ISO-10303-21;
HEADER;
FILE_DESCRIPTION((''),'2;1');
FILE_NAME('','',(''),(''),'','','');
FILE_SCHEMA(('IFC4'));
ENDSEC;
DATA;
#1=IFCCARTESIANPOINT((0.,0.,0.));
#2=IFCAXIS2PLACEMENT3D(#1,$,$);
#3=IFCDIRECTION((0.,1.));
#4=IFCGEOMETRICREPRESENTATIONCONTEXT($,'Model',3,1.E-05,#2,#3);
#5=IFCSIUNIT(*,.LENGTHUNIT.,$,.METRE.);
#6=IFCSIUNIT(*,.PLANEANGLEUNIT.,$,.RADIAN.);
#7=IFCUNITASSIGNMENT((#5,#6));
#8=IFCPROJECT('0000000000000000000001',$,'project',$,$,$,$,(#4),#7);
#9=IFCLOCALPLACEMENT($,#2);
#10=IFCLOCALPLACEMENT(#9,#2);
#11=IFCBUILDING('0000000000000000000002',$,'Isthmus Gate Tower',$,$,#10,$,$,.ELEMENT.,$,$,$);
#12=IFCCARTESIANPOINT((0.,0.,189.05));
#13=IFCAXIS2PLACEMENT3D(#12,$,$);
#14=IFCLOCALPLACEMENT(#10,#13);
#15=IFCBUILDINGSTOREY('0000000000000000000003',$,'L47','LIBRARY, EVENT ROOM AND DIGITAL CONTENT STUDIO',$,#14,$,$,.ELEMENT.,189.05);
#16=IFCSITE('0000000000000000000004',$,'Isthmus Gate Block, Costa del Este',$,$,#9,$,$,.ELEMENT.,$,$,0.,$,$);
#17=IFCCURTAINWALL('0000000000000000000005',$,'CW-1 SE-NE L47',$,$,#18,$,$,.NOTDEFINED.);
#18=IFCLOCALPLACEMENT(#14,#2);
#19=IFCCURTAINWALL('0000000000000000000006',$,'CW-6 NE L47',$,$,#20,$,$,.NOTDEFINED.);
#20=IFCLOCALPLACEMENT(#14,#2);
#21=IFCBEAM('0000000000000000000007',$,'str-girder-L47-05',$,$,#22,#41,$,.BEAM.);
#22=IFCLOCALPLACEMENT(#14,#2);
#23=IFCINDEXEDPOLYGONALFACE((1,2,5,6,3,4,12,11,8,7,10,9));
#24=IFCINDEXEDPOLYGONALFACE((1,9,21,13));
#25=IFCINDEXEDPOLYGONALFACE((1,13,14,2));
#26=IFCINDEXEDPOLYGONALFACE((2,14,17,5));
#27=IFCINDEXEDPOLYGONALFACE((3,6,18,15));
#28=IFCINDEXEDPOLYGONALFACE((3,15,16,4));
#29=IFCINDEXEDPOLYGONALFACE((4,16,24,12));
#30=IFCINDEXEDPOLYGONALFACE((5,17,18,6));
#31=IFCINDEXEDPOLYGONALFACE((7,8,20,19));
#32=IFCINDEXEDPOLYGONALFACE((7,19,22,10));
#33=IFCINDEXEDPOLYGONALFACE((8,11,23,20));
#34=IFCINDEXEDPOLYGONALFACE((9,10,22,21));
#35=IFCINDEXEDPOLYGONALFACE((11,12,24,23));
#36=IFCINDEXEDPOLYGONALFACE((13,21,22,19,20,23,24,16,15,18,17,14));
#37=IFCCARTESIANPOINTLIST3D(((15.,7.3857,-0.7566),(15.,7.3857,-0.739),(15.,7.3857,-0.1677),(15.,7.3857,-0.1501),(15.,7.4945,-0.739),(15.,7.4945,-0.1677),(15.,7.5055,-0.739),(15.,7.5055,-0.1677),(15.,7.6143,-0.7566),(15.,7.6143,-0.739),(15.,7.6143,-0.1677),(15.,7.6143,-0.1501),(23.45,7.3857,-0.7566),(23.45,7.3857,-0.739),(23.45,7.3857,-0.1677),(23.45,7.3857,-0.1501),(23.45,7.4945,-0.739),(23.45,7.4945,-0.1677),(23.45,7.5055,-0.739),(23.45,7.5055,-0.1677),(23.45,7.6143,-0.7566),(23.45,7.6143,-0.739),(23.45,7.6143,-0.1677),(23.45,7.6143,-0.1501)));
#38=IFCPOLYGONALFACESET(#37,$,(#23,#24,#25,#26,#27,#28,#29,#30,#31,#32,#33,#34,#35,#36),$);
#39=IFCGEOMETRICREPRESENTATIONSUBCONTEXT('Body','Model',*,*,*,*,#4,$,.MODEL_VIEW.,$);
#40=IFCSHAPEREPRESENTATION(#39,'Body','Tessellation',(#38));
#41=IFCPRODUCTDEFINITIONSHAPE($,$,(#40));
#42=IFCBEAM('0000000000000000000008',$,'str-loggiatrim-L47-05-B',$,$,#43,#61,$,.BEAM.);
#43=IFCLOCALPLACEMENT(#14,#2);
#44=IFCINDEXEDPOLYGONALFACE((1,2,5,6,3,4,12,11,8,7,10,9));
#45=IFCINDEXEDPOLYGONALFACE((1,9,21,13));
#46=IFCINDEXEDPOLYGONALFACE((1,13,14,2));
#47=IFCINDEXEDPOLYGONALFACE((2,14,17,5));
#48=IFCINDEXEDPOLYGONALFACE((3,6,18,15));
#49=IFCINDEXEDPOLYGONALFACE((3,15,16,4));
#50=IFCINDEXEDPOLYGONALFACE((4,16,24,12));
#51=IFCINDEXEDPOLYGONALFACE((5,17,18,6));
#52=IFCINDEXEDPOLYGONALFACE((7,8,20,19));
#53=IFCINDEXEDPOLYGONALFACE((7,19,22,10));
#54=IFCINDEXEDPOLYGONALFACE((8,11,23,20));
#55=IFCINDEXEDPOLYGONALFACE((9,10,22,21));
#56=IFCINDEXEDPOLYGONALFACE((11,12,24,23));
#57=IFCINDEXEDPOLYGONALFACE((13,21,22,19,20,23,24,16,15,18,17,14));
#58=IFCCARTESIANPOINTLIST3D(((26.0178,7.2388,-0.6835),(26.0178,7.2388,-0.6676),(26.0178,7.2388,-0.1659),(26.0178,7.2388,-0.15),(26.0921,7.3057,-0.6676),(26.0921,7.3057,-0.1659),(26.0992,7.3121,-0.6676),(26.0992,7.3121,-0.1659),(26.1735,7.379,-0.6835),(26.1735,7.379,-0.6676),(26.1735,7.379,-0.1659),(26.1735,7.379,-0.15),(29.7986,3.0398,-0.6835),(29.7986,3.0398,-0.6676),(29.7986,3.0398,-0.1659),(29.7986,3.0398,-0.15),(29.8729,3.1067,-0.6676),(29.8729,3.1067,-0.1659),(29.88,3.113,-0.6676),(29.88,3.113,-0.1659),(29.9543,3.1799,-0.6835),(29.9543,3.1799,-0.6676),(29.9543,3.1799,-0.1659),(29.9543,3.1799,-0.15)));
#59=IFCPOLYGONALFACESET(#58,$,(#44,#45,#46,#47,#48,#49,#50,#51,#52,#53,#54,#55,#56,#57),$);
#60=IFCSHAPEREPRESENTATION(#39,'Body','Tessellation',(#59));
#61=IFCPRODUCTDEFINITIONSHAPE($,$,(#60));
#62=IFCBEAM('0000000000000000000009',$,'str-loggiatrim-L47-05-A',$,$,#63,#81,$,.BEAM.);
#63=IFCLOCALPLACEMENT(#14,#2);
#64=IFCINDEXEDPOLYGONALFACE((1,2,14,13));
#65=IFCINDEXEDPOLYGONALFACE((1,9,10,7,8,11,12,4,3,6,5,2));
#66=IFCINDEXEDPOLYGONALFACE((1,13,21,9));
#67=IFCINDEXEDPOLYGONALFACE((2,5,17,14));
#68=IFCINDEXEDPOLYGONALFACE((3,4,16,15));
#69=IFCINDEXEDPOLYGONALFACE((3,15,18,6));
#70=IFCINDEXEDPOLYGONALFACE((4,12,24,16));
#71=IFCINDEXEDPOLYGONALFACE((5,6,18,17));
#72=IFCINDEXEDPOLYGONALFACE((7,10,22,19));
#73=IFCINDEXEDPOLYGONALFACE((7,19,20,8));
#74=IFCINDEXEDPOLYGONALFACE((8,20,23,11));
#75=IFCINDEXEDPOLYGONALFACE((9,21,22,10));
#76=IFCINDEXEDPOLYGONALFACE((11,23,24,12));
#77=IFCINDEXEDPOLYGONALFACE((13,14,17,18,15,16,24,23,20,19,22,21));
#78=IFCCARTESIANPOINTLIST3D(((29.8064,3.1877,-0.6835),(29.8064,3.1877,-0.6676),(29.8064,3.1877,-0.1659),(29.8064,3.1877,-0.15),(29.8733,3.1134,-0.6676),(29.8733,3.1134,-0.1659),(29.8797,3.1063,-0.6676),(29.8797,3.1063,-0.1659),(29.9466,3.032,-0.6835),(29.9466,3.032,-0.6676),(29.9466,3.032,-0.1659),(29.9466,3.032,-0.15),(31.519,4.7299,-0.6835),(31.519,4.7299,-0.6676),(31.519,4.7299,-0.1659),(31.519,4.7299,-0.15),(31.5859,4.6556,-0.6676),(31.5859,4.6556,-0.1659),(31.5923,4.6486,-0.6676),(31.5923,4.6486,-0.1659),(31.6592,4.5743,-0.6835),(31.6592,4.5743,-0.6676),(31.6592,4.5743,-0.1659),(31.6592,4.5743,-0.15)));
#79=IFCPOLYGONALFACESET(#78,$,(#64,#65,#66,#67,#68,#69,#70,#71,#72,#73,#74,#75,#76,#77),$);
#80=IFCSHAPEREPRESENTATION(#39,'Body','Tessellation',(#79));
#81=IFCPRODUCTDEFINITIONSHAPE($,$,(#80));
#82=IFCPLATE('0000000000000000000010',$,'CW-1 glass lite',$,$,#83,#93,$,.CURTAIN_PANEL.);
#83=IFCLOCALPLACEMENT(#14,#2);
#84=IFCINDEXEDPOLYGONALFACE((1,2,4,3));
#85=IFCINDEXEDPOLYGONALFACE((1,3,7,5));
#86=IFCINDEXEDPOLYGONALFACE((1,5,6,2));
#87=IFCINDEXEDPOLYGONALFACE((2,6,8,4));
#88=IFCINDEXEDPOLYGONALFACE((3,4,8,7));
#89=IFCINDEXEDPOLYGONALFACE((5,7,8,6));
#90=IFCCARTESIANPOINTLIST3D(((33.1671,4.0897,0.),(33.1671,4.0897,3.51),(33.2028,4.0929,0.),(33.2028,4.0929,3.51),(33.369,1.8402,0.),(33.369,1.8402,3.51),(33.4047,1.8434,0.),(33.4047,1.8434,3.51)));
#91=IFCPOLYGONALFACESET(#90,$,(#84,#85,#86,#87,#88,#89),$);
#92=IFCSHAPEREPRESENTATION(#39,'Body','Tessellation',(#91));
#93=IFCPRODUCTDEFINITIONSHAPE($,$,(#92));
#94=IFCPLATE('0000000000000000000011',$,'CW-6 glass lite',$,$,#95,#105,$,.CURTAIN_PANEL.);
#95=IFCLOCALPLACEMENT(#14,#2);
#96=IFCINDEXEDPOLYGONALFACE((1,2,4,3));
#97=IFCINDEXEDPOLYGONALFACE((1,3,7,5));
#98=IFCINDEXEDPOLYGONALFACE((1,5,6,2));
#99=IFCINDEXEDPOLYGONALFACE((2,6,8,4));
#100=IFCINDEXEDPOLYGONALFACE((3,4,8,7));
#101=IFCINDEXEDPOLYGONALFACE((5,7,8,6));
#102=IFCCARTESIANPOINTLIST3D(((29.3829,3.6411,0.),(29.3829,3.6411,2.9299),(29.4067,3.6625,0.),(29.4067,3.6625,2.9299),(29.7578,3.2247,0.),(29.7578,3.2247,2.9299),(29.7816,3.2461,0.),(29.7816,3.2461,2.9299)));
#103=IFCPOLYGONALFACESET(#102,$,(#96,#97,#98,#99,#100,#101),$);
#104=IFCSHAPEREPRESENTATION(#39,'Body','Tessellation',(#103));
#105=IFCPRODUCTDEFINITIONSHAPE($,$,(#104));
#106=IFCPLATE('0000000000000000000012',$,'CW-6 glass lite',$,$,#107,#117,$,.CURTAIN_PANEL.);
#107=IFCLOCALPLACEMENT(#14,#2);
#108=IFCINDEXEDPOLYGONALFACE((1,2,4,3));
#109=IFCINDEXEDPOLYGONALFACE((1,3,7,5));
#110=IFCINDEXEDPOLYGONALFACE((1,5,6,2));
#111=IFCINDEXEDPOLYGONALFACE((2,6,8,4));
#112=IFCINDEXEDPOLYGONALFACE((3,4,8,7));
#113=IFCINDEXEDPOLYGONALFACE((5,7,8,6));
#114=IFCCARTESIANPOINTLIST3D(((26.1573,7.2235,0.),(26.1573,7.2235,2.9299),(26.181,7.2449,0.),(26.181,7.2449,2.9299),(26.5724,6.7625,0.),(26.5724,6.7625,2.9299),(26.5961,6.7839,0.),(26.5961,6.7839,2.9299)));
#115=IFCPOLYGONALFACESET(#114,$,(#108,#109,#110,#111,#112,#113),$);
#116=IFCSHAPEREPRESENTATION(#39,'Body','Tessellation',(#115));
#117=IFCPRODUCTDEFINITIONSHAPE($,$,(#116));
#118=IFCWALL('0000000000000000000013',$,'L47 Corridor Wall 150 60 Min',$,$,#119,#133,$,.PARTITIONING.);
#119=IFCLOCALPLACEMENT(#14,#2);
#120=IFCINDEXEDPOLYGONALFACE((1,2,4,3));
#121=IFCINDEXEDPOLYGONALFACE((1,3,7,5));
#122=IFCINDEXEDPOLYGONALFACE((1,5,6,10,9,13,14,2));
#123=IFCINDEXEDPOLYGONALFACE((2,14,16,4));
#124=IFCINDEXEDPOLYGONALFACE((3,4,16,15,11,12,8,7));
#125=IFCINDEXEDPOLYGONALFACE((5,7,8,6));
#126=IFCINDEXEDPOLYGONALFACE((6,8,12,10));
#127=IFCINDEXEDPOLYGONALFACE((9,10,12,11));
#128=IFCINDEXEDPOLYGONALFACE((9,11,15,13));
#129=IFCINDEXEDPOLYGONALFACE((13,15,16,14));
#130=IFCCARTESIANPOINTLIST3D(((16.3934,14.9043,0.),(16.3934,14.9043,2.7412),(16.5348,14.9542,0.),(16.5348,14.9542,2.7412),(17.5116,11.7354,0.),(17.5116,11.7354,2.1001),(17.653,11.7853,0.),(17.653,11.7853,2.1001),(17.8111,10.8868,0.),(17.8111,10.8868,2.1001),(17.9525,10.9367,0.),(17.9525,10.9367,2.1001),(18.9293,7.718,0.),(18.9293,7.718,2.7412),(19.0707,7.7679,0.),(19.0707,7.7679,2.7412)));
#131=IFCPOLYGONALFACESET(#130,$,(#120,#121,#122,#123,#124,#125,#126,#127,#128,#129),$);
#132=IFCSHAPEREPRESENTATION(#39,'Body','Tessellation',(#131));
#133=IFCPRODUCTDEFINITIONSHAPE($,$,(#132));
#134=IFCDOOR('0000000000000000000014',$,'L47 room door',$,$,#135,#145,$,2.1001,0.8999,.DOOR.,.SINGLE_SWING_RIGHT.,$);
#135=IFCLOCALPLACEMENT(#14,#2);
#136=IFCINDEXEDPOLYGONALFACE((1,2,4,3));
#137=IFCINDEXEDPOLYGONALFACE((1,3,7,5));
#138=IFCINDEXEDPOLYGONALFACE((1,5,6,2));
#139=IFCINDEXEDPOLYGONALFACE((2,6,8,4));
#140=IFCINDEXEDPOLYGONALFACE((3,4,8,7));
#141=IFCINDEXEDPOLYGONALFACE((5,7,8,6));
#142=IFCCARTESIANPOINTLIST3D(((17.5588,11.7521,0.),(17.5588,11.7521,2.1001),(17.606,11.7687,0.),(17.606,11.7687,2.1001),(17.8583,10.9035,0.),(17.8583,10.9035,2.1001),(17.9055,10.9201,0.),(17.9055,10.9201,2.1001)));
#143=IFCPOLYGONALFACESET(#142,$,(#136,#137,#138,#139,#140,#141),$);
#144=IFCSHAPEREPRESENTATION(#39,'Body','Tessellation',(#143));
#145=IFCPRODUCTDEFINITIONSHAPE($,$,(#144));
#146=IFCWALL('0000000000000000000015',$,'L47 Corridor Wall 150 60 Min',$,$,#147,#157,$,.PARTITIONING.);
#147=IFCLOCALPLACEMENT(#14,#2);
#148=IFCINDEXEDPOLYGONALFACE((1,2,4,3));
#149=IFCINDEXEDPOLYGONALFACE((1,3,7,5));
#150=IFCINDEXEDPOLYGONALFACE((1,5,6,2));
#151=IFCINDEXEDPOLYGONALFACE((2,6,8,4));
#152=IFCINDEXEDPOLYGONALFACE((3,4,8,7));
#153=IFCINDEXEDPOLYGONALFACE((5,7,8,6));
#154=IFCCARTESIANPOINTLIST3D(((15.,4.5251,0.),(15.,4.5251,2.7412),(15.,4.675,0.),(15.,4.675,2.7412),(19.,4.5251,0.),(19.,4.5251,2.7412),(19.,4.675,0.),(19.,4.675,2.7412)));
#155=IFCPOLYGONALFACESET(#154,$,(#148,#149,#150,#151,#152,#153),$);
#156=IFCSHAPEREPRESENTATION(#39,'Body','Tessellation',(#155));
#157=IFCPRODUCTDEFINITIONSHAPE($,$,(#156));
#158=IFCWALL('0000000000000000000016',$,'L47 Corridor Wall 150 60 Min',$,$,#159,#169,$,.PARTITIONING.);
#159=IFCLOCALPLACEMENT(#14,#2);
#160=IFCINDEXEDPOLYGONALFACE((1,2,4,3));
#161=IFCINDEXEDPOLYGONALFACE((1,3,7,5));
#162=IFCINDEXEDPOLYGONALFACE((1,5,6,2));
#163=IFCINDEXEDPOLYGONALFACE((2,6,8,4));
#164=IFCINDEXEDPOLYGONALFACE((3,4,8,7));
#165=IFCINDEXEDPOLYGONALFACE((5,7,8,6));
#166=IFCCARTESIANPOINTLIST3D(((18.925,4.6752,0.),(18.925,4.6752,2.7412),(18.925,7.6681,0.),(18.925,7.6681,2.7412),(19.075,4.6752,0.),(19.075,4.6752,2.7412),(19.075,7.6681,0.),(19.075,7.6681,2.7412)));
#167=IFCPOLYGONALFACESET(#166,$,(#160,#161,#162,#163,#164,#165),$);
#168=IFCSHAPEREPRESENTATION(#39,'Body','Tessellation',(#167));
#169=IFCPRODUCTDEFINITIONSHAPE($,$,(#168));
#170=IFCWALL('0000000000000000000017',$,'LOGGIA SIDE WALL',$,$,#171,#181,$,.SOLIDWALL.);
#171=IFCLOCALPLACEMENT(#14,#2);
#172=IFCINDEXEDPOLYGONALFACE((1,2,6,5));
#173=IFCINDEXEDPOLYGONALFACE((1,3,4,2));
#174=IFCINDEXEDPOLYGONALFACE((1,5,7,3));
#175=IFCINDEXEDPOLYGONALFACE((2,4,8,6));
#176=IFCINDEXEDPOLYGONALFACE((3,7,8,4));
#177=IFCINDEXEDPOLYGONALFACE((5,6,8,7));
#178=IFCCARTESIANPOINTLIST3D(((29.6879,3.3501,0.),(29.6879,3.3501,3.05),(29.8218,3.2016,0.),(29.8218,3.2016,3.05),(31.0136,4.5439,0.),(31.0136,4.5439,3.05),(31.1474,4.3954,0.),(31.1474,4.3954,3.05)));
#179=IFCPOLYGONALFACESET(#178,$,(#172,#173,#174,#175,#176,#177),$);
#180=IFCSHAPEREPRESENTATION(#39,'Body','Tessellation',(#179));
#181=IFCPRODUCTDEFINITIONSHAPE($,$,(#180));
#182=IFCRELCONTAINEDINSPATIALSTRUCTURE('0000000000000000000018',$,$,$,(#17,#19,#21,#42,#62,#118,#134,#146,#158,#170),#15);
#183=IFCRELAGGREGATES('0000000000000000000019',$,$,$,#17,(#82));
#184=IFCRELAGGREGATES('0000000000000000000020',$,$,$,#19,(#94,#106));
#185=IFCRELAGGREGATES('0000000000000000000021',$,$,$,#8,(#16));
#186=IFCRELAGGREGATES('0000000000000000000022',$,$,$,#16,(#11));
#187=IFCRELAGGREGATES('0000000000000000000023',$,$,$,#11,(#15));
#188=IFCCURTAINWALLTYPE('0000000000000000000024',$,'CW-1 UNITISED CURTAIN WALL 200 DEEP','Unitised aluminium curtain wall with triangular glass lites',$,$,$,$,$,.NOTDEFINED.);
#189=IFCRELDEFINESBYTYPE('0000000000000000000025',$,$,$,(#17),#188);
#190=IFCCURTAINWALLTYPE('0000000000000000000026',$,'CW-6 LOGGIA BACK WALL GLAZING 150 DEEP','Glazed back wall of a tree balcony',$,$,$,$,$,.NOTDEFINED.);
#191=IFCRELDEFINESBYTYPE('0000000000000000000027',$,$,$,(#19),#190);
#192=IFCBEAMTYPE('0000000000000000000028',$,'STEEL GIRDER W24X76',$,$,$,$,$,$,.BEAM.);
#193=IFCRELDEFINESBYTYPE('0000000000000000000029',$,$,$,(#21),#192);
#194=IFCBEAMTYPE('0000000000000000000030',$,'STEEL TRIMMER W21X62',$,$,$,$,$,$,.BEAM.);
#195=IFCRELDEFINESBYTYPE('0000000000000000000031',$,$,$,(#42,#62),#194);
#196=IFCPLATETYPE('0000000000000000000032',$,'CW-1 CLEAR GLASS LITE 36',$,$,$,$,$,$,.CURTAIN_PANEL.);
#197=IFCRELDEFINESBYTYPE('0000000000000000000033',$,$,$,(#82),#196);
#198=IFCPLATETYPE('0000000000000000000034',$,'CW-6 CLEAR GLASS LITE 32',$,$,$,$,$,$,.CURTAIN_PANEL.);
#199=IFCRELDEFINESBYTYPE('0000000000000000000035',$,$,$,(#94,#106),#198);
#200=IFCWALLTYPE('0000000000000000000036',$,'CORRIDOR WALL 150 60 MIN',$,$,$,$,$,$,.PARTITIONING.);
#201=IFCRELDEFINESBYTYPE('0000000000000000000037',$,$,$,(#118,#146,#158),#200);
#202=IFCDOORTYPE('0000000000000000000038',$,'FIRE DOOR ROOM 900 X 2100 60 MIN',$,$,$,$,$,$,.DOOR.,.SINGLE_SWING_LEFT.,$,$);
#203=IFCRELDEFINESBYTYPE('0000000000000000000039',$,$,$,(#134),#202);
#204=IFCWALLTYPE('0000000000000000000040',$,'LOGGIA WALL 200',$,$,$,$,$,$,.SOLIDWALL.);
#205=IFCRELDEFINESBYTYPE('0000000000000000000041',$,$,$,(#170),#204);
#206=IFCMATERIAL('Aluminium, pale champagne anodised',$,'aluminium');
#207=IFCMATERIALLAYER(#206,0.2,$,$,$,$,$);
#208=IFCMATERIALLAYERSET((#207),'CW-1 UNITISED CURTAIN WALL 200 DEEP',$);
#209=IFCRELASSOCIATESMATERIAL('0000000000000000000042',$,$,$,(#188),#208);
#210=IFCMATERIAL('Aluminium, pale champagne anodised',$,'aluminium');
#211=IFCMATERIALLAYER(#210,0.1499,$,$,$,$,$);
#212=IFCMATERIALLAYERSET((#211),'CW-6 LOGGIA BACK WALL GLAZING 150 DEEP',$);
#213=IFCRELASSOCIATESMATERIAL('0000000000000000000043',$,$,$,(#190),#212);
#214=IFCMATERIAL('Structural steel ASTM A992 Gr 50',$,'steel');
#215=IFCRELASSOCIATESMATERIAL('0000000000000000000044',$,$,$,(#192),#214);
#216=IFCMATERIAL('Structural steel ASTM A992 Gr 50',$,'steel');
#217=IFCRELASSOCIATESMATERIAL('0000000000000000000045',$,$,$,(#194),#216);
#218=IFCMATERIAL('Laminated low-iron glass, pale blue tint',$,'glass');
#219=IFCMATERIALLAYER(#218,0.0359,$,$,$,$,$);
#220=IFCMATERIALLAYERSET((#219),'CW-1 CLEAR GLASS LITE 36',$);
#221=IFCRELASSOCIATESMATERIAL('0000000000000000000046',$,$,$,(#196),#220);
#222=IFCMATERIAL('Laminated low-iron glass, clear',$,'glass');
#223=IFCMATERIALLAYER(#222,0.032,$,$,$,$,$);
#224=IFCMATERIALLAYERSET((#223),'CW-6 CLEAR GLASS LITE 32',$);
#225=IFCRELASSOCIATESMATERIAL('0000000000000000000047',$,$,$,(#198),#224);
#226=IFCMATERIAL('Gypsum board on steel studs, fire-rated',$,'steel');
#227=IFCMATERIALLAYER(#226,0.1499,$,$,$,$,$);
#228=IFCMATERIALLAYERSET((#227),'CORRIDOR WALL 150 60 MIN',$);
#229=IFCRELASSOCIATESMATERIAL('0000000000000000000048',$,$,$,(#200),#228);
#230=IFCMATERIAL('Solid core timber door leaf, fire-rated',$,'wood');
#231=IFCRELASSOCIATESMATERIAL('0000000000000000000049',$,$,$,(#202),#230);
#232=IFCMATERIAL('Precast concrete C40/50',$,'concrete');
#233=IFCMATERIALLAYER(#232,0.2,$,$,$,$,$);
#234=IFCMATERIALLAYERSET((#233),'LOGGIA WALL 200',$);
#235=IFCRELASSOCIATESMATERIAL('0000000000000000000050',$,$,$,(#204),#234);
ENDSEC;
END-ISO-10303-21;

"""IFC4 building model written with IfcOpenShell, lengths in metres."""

from ifc_helpers import new_model, si_unit, direction, frame, frame_2d, origin, origin_2d, place, context, subcontext, project, spatial, rectangle, i_section, extrude, material, layer, layer_set, material_profile, profile_set, type_object, element, fill, aggregate, save


model = new_model("IFC4")

# Units and contexts
model_context = context("Model", 3, precision=1e-05, world=origin(), true_north=direction((0.0, 1.0)))
body_context = subcontext(model_context, "Body", "Model", "MODEL_VIEW")
ifc_project = project(units=[si_unit("LENGTHUNIT", "METRE"), si_unit("PLANEANGLEUNIT", "RADIAN")], contexts=[model_context])

# Site, building, storey
site_placement = place(None, origin())
site = spatial("IfcSite", under=ifc_project, at=site_placement, Name="Isthmus Gate Block, Costa del Este", CompositionType="ELEMENT", RefElevation=0.0)
building_placement = place(site_placement, origin())
building = spatial("IfcBuilding", under=site, at=building_placement, Name="Isthmus Gate Tower", CompositionType="ELEMENT")
storey_placement = place(building_placement, frame((0.0, 0.0, 189.05)))
storey = spatial("IfcBuildingStorey", under=building, at=storey_placement, Name="L47", Description="LIBRARY, EVENT ROOM AND DIGITAL CONTENT STUDIO", CompositionType="ELEMENT", Elevation=189.05)

# Curtain wall
ifc_material_1 = material(Name="Aluminium, pale champagne anodised", Category="aluminium")
ifc_layer_1 = layer(ifc_material_1, 0.2)
ifc_layer_set_1 = layer_set([ifc_layer_1], Name="CW-1 UNITISED CURTAIN WALL 200 DEEP")
curtain_wall_type_1 = type_object("IfcCurtainWallType", Name="CW-1 UNITISED CURTAIN WALL 200 DEEP", Description="Unitised aluminium curtain wall with triangular glass lites", PredefinedType="NOTDEFINED", material=ifc_layer_set_1)
curtain_wall_1_placement = place(storey_placement, origin())
curtain_wall_1 = element("IfcCurtainWall", 1, at=curtain_wall_1_placement, inside=storey, type_object=curtain_wall_type_1, Name="CW-1 SE-NE L47", PredefinedType="NOTDEFINED")

# Curtain wall
ifc_material_2 = material(Name="Aluminium, pale champagne anodised", Category="aluminium")
ifc_layer_2 = layer(ifc_material_2, 0.1499)
ifc_layer_set_2 = layer_set([ifc_layer_2], Name="CW-6 LOGGIA BACK WALL GLAZING 150 DEEP")
curtain_wall_type_2 = type_object("IfcCurtainWallType", Name="CW-6 LOGGIA BACK WALL GLAZING 150 DEEP", Description="Glazed back wall of a tree balcony", PredefinedType="NOTDEFINED", material=ifc_layer_set_2)
curtain_wall_2_placement = place(storey_placement, origin())
curtain_wall_2 = element("IfcCurtainWall", 2, at=curtain_wall_2_placement, inside=storey, type_object=curtain_wall_type_2, Name="CW-6 NE L47", PredefinedType="NOTDEFINED")

# Beams
ifc_material_3 = material(Name="Structural steel ASTM A992 Gr 50", Category="steel")
ifc_material_profile_1 = material_profile(ifc_material_3, i_section(OverallWidth=0.2285, OverallDepth=0.6064, WebThickness=0.011, FlangeThickness=0.0176, at=origin_2d()), Name="W24X76")
ifc_profile_set_1 = profile_set([ifc_material_profile_1], Name="Structural steel ASTM A992 Gr 50")
beam_type_1 = type_object("IfcBeamType", Name="STEEL GIRDER W24X76", PredefinedType="BEAM", material=ifc_profile_set_1)
beam_1_placement = place(storey_placement, frame((15.0, 7.5, -0.4534), z_axis=(1.0, 0.0, 0.0), x_axis=(0.0, 1.0, 0.0)))
element("IfcBeam", 3, at=beam_1_placement, inside=storey, type_object=beam_type_1, Name="str-girder-L47-05", PredefinedType="BEAM", context=body_context, shape_type="SweptSolid", body=[
    extrude(i_section(OverallWidth=0.2285, OverallDepth=0.6064, WebThickness=0.011, FlangeThickness=0.0176, at=origin_2d()), origin(), (0.0, 0.0, 1.0), 8.45),
])
ifc_material_4 = material(Name="Structural steel ASTM A992 Gr 50", Category="steel")
ifc_material_profile_2 = material_profile(ifc_material_4, i_section(OverallWidth=0.2095, OverallDepth=0.5334, WebThickness=0.0095, FlangeThickness=0.0159, at=origin_2d()), Name="W21X62")
ifc_profile_set_2 = profile_set([ifc_material_profile_2], Name="Structural steel ASTM A992 Gr 50")
beam_type_2 = type_object("IfcBeamType", Name="STEEL TRIMMER W21X62", PredefinedType="BEAM", material=ifc_profile_set_2)
beam_2_placement = place(storey_placement, frame((29.8765, 3.1099, -0.4167), z_axis=(-0.669129, 0.743146, 0.0), x_axis=(-0.743146, -0.669129, 0.0)))
element("IfcBeam", 4, at=beam_2_placement, inside=storey, type_object=beam_type_2, Name="str-loggiatrim-L47-05-B", PredefinedType="BEAM", context=body_context, shape_type="SweptSolid", body=[
    extrude(i_section(OverallWidth=0.2095, OverallDepth=0.5334, WebThickness=0.0095, FlangeThickness=0.0159, at=origin_2d()), origin(), (0.0, 0.0, 1.0), 5.6504),
])
beam_3_placement = place(storey_placement, frame((31.5891, 4.6521, -0.4167), z_axis=(-0.74311, -0.66917, 0.0), x_axis=(0.66917, -0.74311, 0.0)))
element("IfcBeam", 5, at=beam_3_placement, inside=storey, type_object=beam_type_2, Name="str-loggiatrim-L47-05-A", PredefinedType="BEAM", context=body_context, shape_type="SweptSolid", body=[
    extrude(i_section(OverallWidth=0.2095, OverallDepth=0.5334, WebThickness=0.0095, FlangeThickness=0.0159, at=origin_2d()), origin(), (0.0, 0.0, 1.0), 2.3047),
])

# Plates
ifc_material_5 = material(Name="Laminated low-iron glass, pale blue tint", Category="glass")
ifc_layer_3 = layer(ifc_material_5, 0.0359)
ifc_layer_set_3 = layer_set([ifc_layer_3], Name="CW-1 CLEAR GLASS LITE 36")
plate_type_1 = type_object("IfcPlateType", Name="CW-1 CLEAR GLASS LITE 36", PredefinedType="CURTAIN_PANEL", material=ifc_layer_set_3)
plate_1_placement = place(storey_placement, frame((33.2859, 2.9666, 0.0), z_axis=(0.0, 0.0, 1.0), x_axis=(-0.089397, 0.995996, 0.0)))
plate_1 = element("IfcPlate", 6, at=plate_1_placement, type_object=plate_type_1, Name="CW-1 glass lite", PredefinedType="CURTAIN_PANEL", context=body_context, shape_type="SweptSolid", body=[
    extrude(rectangle(XDim=2.2585, YDim=0.0359, at=origin_2d()), origin(), (0.0, 0.0, 1.0), 3.51),
])
aggregate(curtain_wall_1, [plate_1])
ifc_material_6 = material(Name="Laminated low-iron glass, clear", Category="glass")
ifc_layer_4 = layer(ifc_material_6, 0.032)
ifc_layer_set_4 = layer_set([ifc_layer_4], Name="CW-6 CLEAR GLASS LITE 32")
plate_type_2 = type_object("IfcPlateType", Name="CW-6 CLEAR GLASS LITE 32", PredefinedType="CURTAIN_PANEL", material=ifc_layer_set_4)
plate_2_placement = place(storey_placement, frame((29.5823, 3.4436, 0.0), z_axis=(0.0, 0.0, 1.0), x_axis=(-0.669131, 0.743145, 0.0)))
plate_2 = element("IfcPlate", 7, at=plate_2_placement, type_object=plate_type_2, Name="CW-6 glass lite", PredefinedType="CURTAIN_PANEL", context=body_context, shape_type="SweptSolid", body=[
    extrude(rectangle(XDim=0.5603, YDim=0.032, at=origin_2d()), origin(), (0.0, 0.0, 1.0), 2.9299),
])
plate_3_placement = place(storey_placement, frame((26.3767, 7.0037, 0.0), z_axis=(0.0, 0.0, 1.0), x_axis=(-0.669131, 0.743145, 0.0)))
plate_3 = element("IfcPlate", 8, at=plate_3_placement, type_object=plate_type_2, Name="CW-6 glass lite", PredefinedType="CURTAIN_PANEL", context=body_context, shape_type="SweptSolid", body=[
    extrude(rectangle(XDim=0.6204, YDim=0.032, at=origin_2d()), origin(), (0.0, 0.0, 1.0), 2.9299),
])
aggregate(curtain_wall_2, [plate_2, plate_3])

# Wall, opening, door
ifc_material_7 = material(Name="Gypsum board on steel studs, fire-rated", Category="steel")
ifc_layer_5 = layer(ifc_material_7, 0.1499)
ifc_layer_set_5 = layer_set([ifc_layer_5], Name="CORRIDOR WALL 150 60 MIN")
wall_type_1 = type_object("IfcWallType", Name="CORRIDOR WALL 150 60 MIN", PredefinedType="PARTITIONING", material=ifc_layer_set_5)
wall_1_placement = place(storey_placement, frame((19.0, 7.7429, 0.0), z_axis=(0.0, 0.0, 1.0), x_axis=(-0.332768, 0.943009, 0.0)))
wall_1 = element("IfcWall", 9, at=wall_1_placement, inside=storey, type_object=wall_type_1, Name="L47 Corridor Wall 150 60 Min", PredefinedType="PARTITIONING", context=body_context, shape_type="SweptSolid", body=[
    extrude(rectangle(XDim=7.6206, YDim=0.1499, at=frame_2d((3.8103, 0.0))), origin(), (0.0, 0.0, 1.0), 2.7412),
])
opening_1_placement = place(wall_1_placement, frame((3.3604, 0.0, 0.0)))
opening_1 = element("IfcOpeningElement", 10, at=opening_1_placement, cuts=wall_1, PredefinedType="OPENING", context=body_context, shape_type="SweptSolid", body=[
    extrude(rectangle(XDim=0.8999, YDim=2.1001, at=frame_2d((0.45, 1.05))), frame((0.0, 0.085, 0.0), z_axis=(0.0, -1.0, 0.0), x_axis=(1.0, 0.0, 0.0)), (0.0, 0.0, 1.0), 0.1699),
])
ifc_material_8 = material(Name="Solid core timber door leaf, fire-rated", Category="wood")
door_type_1 = type_object("IfcDoorType", Name="FIRE DOOR ROOM 900 X 2100 60 MIN", OperationType="SINGLE_SWING_LEFT", PredefinedType="DOOR", material=ifc_material_8)
door_1_placement = place(opening_1_placement, origin())
door_1 = element("IfcDoor", 11, at=door_1_placement, inside=storey, type_object=door_type_1, Name="L47 room door", OperationType="SINGLE_SWING_RIGHT", OverallHeight=2.1001, OverallWidth=0.8999, PredefinedType="DOOR", context=body_context, shape_type="SweptSolid", body=[
    extrude(rectangle(XDim=0.8999, YDim=2.1001, at=frame_2d((0.45, 1.05))), frame((0.0, 0.0249, 0.0), z_axis=(0.0, -1.0, 0.0), x_axis=(1.0, 0.0, 0.0)), (0.0, 0.0, 1.0), 0.05),
])
fill(opening_1, door_1)

# Walls
wall_2_placement = place(storey_placement, frame((15.0, 4.6001, 0.0), z_axis=(0.0, 0.0, 1.0), x_axis=(1.0, 0.0, 0.0)))
element("IfcWall", 12, at=wall_2_placement, inside=storey, type_object=wall_type_1, Name="L47 Corridor Wall 150 60 Min", PredefinedType="PARTITIONING", context=body_context, shape_type="SweptSolid", body=[
    extrude(rectangle(XDim=4.0, YDim=0.1499, at=frame_2d((2.0, 0.0))), origin(), (0.0, 0.0, 1.0), 2.7412),
])
wall_3_placement = place(storey_placement, frame((19.0, 4.675, 0.0), z_axis=(0.0, 0.0, 1.0), x_axis=(0.0, 1.0, 0.0)))
element("IfcWall", 13, at=wall_3_placement, inside=storey, type_object=wall_type_1, Name="L47 Corridor Wall 150 60 Min", PredefinedType="PARTITIONING", context=body_context, shape_type="SweptSolid", body=[
    extrude(rectangle(XDim=2.9929, YDim=0.1499, at=frame_2d((1.4966, 0.0))), origin(), (0.0, 0.0, 1.0), 2.7412),
])

# Shared definitions
ifc_material_9 = material(Name="Precast concrete C40/50", Category="concrete")
ifc_layer_6 = layer(ifc_material_9, 0.2)
ifc_layer_set_6 = layer_set([ifc_layer_6], Name="LOGGIA WALL 200")
wall_type_2 = type_object("IfcWallType", Name="LOGGIA WALL 200", PredefinedType="SOLIDWALL", material=ifc_layer_set_6)

# Wall
wall_4_placement = place(storey_placement, frame((31.0806, 4.4697, 0.0), z_axis=(0.0, 0.0, 1.0), x_axis=(-0.74309, -0.669192, 0.0)))
element("IfcWall", 14, at=wall_4_placement, inside=storey, type_object=wall_type_2, Name="LOGGIA SIDE WALL", PredefinedType="SOLIDWALL", context=body_context, shape_type="SweptSolid", body=[
    extrude(rectangle(XDim=1.7839, YDim=0.2, at=frame_2d((0.8921, 0.0))), origin(), (0.0, 0.0, 1.0), 3.05),
])

save(model, "model.ifc")
